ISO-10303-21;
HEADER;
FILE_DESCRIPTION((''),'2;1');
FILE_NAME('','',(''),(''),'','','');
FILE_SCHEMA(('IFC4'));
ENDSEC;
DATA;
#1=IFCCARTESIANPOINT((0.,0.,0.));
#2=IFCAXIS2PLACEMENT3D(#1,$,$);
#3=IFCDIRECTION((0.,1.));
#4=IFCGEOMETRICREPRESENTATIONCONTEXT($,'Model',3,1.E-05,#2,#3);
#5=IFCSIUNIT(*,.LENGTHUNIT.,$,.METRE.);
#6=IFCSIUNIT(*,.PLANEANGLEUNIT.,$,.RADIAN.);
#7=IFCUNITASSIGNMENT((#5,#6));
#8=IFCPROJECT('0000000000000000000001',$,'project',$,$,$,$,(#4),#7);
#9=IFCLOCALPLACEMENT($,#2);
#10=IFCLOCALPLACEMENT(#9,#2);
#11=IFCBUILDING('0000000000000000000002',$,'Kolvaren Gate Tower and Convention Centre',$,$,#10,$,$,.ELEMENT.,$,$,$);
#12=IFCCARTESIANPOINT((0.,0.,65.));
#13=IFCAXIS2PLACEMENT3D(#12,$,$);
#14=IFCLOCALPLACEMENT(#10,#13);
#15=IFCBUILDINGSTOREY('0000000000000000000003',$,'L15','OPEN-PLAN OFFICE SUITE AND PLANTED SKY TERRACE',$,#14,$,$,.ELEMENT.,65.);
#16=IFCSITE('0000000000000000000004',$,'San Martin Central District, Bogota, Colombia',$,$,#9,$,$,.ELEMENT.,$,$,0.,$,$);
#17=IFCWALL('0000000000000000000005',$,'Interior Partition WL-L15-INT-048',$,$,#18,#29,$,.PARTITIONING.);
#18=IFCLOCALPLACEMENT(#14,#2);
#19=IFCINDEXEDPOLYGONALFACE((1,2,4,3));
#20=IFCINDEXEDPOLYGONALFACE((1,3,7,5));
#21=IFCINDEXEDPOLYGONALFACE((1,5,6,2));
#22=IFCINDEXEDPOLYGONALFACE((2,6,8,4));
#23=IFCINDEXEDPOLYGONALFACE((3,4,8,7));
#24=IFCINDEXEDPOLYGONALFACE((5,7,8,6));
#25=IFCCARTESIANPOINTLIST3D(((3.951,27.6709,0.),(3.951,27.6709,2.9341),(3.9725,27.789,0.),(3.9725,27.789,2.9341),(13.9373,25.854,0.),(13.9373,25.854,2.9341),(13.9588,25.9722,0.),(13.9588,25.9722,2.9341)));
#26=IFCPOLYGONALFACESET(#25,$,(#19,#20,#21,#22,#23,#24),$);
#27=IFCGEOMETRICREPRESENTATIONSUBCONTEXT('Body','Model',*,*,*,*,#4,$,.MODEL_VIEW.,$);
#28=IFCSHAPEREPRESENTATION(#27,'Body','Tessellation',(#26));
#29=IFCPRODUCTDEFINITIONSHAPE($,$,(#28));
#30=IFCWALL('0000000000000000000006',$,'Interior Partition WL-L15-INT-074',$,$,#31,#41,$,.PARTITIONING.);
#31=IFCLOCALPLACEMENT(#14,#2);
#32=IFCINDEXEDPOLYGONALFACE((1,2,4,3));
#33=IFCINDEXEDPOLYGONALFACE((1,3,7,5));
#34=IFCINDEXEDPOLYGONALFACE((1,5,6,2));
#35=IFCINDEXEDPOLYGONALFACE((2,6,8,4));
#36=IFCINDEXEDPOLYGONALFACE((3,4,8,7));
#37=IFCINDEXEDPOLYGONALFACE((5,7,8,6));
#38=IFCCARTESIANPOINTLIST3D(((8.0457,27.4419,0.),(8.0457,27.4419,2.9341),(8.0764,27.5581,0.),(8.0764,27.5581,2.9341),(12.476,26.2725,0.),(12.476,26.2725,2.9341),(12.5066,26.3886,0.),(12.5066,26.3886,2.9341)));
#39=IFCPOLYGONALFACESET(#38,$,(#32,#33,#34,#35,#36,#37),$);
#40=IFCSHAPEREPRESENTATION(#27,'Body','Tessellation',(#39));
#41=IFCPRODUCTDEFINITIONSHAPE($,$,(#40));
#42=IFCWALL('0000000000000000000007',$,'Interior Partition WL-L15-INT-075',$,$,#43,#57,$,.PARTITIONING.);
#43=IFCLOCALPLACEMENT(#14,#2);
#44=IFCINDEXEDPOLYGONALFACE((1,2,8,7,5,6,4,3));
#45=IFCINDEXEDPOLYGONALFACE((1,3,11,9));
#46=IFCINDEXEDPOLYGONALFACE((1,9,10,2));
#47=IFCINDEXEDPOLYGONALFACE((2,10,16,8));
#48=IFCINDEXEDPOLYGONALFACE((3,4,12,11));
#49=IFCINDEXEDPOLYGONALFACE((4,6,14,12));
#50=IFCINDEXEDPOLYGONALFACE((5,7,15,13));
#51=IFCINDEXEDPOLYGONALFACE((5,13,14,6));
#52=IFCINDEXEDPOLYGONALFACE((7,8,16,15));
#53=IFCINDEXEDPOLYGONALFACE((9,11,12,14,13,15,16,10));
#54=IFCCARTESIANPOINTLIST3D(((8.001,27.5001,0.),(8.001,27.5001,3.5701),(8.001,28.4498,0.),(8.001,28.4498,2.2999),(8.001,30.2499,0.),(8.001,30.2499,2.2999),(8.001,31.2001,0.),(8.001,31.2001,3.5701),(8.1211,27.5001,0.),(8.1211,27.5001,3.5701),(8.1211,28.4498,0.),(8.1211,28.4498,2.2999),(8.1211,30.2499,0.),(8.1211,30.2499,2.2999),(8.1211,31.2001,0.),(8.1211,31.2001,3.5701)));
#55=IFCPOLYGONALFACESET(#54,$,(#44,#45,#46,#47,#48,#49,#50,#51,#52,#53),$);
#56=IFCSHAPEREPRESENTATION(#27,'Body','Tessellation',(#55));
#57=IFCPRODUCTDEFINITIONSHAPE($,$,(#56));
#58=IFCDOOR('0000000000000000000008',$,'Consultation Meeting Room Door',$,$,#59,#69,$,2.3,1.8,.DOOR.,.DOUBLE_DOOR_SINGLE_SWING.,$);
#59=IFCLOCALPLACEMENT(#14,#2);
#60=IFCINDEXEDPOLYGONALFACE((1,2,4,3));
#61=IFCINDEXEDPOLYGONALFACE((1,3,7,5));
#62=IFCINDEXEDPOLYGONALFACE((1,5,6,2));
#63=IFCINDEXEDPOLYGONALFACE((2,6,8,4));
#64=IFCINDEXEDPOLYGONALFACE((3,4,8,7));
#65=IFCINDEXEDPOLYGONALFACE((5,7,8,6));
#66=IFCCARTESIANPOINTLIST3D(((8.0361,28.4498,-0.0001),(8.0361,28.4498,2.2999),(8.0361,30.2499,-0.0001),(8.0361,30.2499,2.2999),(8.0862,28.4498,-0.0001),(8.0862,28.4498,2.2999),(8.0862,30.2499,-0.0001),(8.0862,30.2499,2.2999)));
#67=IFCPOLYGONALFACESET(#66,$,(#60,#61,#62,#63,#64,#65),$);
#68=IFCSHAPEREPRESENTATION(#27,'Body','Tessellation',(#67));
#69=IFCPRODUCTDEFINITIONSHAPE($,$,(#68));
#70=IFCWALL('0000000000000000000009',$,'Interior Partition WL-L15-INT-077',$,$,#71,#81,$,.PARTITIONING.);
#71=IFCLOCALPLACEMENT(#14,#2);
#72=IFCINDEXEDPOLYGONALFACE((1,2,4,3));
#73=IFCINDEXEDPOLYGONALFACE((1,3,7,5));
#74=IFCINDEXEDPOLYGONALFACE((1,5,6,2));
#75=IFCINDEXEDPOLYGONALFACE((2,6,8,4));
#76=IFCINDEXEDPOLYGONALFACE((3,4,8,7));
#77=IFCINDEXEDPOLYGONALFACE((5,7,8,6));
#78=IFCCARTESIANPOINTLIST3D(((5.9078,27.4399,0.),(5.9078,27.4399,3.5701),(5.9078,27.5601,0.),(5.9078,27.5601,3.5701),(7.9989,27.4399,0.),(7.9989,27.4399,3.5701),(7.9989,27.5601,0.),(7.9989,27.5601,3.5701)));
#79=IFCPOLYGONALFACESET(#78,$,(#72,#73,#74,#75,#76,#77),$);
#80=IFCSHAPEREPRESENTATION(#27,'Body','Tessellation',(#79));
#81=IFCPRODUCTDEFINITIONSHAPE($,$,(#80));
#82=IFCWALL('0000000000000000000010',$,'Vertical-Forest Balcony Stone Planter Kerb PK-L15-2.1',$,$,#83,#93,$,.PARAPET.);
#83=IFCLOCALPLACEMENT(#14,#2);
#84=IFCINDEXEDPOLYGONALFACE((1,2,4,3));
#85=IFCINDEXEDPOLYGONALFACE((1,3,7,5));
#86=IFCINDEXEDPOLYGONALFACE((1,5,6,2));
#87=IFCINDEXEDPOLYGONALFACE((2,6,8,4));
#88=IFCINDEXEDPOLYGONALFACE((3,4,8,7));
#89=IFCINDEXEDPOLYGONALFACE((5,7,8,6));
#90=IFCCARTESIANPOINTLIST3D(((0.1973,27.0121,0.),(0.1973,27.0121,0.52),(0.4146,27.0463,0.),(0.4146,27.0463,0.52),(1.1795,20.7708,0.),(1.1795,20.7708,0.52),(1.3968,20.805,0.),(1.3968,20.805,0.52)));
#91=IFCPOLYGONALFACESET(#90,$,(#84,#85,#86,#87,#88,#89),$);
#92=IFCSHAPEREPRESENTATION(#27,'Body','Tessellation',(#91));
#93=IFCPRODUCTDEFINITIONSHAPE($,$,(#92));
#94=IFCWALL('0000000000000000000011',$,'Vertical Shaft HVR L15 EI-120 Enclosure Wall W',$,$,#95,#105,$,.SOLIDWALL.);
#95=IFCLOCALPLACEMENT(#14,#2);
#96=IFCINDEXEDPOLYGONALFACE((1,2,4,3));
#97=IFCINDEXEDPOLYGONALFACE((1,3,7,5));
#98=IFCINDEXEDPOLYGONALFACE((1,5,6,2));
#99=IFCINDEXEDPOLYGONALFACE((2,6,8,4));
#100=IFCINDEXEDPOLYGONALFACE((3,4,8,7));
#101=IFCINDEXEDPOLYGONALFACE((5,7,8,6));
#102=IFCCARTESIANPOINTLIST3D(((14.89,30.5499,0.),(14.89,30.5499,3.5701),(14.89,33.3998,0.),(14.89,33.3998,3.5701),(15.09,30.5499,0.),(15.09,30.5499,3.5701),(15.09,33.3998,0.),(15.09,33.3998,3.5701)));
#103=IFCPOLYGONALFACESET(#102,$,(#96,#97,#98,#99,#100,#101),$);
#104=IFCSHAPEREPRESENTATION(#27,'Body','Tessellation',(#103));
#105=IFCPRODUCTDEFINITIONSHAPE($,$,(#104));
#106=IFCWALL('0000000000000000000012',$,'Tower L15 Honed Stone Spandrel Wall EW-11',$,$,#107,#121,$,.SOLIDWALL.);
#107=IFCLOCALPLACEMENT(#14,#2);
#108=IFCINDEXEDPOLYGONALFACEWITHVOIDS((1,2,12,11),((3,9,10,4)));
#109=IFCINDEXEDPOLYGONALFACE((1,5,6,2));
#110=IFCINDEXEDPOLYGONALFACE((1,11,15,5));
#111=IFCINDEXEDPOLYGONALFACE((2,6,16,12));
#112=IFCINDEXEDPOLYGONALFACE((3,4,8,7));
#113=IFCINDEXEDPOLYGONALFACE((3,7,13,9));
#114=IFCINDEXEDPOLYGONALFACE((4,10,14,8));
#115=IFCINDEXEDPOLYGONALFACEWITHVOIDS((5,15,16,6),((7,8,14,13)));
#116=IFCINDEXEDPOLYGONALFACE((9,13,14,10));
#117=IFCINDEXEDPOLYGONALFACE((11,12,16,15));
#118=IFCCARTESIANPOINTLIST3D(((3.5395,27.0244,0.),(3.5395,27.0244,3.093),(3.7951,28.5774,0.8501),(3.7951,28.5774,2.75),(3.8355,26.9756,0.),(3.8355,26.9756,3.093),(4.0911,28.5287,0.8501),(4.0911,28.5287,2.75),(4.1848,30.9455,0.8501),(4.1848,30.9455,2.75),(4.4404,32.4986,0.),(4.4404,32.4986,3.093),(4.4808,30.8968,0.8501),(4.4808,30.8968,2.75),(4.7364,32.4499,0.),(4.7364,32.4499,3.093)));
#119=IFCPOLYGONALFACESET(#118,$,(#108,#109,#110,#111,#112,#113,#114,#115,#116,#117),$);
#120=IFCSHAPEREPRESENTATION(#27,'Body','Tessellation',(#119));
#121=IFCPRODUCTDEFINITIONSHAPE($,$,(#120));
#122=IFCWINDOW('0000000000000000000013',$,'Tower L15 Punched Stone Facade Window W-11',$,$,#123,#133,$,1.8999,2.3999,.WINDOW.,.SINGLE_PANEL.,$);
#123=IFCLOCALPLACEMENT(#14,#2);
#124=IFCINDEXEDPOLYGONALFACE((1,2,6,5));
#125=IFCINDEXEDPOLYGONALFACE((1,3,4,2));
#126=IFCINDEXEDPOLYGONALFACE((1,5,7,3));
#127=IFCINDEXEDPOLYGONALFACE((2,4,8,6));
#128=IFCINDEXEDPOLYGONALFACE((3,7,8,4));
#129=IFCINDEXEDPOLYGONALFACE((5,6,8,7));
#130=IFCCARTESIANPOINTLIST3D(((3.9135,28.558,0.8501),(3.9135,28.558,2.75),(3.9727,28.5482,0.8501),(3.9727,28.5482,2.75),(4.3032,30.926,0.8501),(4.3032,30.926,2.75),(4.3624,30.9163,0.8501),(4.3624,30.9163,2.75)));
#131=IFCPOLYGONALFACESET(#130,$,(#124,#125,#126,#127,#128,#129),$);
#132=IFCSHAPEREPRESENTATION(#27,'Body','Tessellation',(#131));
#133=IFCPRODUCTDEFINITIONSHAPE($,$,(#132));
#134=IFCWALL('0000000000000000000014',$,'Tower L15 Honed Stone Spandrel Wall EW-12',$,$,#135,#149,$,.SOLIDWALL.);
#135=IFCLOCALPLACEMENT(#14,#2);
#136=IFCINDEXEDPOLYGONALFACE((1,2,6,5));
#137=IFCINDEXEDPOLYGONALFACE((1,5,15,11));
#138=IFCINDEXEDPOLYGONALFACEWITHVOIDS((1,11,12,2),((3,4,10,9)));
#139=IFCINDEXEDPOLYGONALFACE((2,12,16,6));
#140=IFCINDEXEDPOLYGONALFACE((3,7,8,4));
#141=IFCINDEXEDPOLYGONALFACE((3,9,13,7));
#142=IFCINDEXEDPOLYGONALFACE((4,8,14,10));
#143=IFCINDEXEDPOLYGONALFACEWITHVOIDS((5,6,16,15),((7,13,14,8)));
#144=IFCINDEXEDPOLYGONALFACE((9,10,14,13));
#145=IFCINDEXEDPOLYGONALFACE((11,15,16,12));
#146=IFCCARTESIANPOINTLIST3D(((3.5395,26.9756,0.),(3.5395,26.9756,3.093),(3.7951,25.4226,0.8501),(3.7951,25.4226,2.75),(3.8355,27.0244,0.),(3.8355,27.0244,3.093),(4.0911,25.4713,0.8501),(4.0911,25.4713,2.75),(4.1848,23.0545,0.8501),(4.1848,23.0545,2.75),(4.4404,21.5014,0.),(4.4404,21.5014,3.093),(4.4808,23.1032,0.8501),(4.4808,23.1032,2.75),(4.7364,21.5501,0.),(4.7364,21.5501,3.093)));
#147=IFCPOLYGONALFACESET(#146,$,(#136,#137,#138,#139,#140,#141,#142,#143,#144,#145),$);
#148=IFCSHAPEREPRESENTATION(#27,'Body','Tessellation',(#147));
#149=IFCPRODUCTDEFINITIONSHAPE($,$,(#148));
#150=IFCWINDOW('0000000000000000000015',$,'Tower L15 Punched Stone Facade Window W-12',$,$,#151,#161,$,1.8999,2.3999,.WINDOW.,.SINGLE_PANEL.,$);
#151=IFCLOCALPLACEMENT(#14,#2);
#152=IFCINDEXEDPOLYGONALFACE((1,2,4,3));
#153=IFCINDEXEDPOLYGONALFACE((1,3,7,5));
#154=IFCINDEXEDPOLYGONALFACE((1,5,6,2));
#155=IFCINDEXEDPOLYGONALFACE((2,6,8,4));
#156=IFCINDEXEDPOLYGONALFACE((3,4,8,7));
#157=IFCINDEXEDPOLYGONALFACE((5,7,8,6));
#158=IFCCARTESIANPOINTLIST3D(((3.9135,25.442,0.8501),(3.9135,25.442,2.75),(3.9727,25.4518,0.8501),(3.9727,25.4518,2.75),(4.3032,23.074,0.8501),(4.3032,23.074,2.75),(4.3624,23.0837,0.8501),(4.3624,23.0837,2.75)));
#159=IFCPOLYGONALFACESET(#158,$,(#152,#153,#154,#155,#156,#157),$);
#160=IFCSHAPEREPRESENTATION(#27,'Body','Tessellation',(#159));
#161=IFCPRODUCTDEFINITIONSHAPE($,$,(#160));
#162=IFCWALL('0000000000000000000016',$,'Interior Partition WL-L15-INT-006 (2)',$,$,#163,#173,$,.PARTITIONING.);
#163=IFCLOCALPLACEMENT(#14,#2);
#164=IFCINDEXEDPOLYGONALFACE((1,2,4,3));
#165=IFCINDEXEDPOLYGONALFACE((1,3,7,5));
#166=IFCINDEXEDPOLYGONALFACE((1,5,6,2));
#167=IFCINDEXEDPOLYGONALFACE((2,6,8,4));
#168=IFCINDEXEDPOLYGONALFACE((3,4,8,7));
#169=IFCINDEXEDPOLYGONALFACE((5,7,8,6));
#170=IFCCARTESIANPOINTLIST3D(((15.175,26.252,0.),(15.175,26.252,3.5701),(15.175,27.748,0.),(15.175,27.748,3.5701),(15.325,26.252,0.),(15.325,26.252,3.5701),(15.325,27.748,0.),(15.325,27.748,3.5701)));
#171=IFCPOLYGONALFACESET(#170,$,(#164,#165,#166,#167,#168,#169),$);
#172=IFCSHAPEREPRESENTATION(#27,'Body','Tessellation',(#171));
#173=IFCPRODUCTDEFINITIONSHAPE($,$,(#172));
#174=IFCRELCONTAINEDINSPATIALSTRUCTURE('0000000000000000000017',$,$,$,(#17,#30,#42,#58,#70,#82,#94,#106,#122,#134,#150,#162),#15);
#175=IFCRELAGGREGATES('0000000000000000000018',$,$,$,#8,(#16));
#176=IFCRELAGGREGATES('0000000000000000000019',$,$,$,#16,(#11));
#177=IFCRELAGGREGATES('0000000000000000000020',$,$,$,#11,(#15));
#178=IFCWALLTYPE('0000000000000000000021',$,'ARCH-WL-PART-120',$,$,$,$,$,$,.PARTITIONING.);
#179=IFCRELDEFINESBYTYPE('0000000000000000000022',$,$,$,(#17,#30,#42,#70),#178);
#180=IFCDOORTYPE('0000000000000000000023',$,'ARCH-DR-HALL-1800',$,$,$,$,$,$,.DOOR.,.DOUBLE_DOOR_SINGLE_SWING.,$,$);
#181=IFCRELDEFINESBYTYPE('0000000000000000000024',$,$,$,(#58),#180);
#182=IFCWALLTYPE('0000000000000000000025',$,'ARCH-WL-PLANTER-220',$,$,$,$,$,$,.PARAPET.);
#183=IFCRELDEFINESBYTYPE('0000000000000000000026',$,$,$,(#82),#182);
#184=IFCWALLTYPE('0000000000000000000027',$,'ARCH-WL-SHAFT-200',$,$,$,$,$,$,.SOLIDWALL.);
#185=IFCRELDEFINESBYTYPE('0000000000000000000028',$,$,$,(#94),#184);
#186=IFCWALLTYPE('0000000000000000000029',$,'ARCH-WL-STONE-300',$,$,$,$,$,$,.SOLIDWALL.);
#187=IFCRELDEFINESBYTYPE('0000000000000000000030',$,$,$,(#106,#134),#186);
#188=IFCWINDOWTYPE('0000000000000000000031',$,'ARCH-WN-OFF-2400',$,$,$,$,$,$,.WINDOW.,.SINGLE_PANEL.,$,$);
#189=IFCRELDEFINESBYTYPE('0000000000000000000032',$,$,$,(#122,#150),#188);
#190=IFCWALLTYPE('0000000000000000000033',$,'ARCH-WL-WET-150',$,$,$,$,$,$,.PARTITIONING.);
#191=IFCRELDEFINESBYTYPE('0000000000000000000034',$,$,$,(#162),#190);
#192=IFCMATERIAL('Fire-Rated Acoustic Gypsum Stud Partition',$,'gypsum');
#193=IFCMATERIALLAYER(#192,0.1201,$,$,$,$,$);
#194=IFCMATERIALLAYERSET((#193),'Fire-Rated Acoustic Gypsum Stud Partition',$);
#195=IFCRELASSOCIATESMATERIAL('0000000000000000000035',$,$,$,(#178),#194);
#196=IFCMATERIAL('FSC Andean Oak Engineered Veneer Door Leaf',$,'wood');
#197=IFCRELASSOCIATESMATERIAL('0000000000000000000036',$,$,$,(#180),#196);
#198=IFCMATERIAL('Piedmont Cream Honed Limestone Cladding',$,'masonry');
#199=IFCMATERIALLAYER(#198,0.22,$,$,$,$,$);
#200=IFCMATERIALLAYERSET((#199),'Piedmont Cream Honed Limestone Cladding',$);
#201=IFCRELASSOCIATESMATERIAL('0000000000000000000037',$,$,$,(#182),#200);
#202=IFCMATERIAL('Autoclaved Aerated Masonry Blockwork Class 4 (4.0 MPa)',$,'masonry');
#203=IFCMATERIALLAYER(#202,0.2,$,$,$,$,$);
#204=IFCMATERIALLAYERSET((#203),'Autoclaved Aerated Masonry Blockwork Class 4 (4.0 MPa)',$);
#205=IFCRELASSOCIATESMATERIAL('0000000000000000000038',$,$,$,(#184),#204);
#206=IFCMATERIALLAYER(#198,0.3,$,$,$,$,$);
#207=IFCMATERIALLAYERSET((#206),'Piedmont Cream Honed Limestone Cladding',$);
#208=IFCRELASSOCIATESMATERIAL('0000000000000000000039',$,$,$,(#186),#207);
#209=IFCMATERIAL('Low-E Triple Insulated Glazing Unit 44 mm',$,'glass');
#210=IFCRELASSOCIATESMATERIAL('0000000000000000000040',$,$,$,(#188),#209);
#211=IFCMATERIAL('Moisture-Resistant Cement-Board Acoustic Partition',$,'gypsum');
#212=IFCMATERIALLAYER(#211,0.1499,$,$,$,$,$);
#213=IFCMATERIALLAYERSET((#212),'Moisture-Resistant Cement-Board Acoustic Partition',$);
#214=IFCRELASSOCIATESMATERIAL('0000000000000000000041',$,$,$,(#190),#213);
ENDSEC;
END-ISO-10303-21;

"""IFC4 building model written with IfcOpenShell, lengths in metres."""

from ifc_helpers import new_model, si_unit, direction, frame, frame_2d, origin, place, context, subcontext, project, spatial, rectangle, extrude, material, layer, layer_set, type_object, element, fill, save


model = new_model("IFC4")

# Units and contexts
model_context = context("Model", 3, precision=1e-05, world=origin(), true_north=direction((0.0, 1.0)))
body_context = subcontext(model_context, "Body", "Model", "MODEL_VIEW")
ifc_project = project(units=[si_unit("LENGTHUNIT", "METRE"), si_unit("PLANEANGLEUNIT", "RADIAN")], contexts=[model_context])

# Site, building, storey
site_placement = place(None, origin())
site = spatial("IfcSite", under=ifc_project, at=site_placement, Name="San Martin Central District, Bogota, Colombia", CompositionType="ELEMENT", RefElevation=0.0)
building_placement = place(site_placement, origin())
building = spatial("IfcBuilding", under=site, at=building_placement, Name="Kolvaren Gate Tower and Convention Centre", CompositionType="ELEMENT")
storey_placement = place(building_placement, frame((0.0, 0.0, 65.0)))
storey = spatial("IfcBuildingStorey", under=building, at=storey_placement, Name="L15", Description="OPEN-PLAN OFFICE SUITE AND PLANTED SKY TERRACE", CompositionType="ELEMENT", Elevation=65.0)

# Shared definitions
ifc_material_1 = material(Name="Autoclaved Aerated Masonry Blockwork Class 4 (4.0 MPa)", Category="masonry")

# Walls
ifc_material_2 = material(Name="Fire-Rated Acoustic Gypsum Stud Partition", Category="gypsum")
ifc_layer_1 = layer(ifc_material_2, 0.1201)
ifc_layer_set_1 = layer_set([ifc_layer_1], Name="Fire-Rated Acoustic Gypsum Stud Partition")
wall_type_1 = type_object("IfcWallType", Name="ARCH-WL-PART-120", PredefinedType="PARTITIONING", material=ifc_layer_set_1)
wall_1_placement = place(storey_placement, frame((3.9617, 27.73, 0.0), z_axis=(0.0, 0.0, 1.0), x_axis=(0.983849, -0.179, 0.0)))
element("IfcWall", 1, at=wall_1_placement, inside=storey, type_object=wall_type_1, Name="Interior Partition WL-L15-INT-048", PredefinedType="PARTITIONING", context=body_context, shape_type="SweptSolid", body=[
    extrude(rectangle(XDim=10.1501, YDim=0.1201, at=frame_2d((5.0752, 0.0))), origin(), (0.0, 0.0, 1.0), 2.9341),
])
wall_2_placement = place(storey_placement, frame((8.061, 27.5, 0.0), z_axis=(0.0, 0.0, 1.0), x_axis=(0.966881, -0.255228, 0.0)))
element("IfcWall", 2, at=wall_2_placement, inside=storey, type_object=wall_type_1, Name="Interior Partition WL-L15-INT-074", PredefinedType="PARTITIONING", context=body_context, shape_type="SweptSolid", body=[
    extrude(rectangle(XDim=4.582, YDim=0.1201, at=frame_2d((2.291, 0.0))), origin(), (0.0, 0.0, 1.0), 2.9341),
])

# Wall, opening, door
wall_3_placement = place(storey_placement, frame((8.061, 27.5, 0.0), z_axis=(0.0, 0.0, 1.0), x_axis=(0.0, 1.0, 0.0)))
wall_3 = element("IfcWall", 3, at=wall_3_placement, inside=storey, type_object=wall_type_1, Name="Interior Partition WL-L15-INT-075", PredefinedType="PARTITIONING", context=body_context, shape_type="SweptSolid", body=[
    extrude(rectangle(XDim=3.7, YDim=0.1201, at=frame_2d((1.8501, 0.0))), origin(), (0.0, 0.0, 1.0), 3.5701),
])
opening_1_placement = place(wall_3_placement, frame((0.95, 0.0, 0.0)))
opening_1 = element("IfcOpeningElement", 4, at=opening_1_placement, cuts=wall_3, PredefinedType="OPENING", context=body_context, shape_type="SweptSolid", body=[
    extrude(rectangle(XDim=1.8, YDim=2.3, at=frame_2d((0.8999, 1.1499))), frame((0.0, 0.0701, 0.0), z_axis=(0.0, -1.0, 0.0), x_axis=(1.0, 0.0, 0.0)), (0.0, 0.0, 1.0), 0.1401),
])
ifc_material_3 = material(Name="FSC Andean Oak Engineered Veneer Door Leaf", Category="wood")
door_type_1 = type_object("IfcDoorType", Name="ARCH-DR-HALL-1800", OperationType="DOUBLE_DOOR_SINGLE_SWING", PredefinedType="DOOR", material=ifc_material_3)
door_1_placement = place(opening_1_placement, origin())
door_1 = element("IfcDoor", 5, at=door_1_placement, inside=storey, type_object=door_type_1, Name="Consultation Meeting Room Door", OperationType="DOUBLE_DOOR_SINGLE_SWING", OverallHeight=2.3, OverallWidth=1.8, PredefinedType="DOOR", context=body_context, shape_type="SweptSolid", body=[
    extrude(rectangle(XDim=1.8, YDim=2.3, at=frame_2d((0.8999, 1.1499))), frame((0.0, 0.0249, 0.0), z_axis=(0.0, -1.0, 0.0), x_axis=(1.0, 0.0, 0.0)), (0.0, 0.0, 1.0), 0.05),
])
fill(opening_1, door_1)

# Walls
wall_4_placement = place(storey_placement, frame((5.908, 27.5, 0.0), z_axis=(0.0, 0.0, 1.0), x_axis=(1.0, 0.0, 0.0)))
element("IfcWall", 6, at=wall_4_placement, inside=storey, type_object=wall_type_1, Name="Interior Partition WL-L15-INT-077", PredefinedType="PARTITIONING", context=body_context, shape_type="SweptSolid", body=[
    extrude(rectangle(XDim=2.0911, YDim=0.1201, at=frame_2d((1.0454, 0.0))), origin(), (0.0, 0.0, 1.0), 3.5701),
])
ifc_material_4 = material(Name="Piedmont Cream Honed Limestone Cladding", Category="masonry")
ifc_layer_2 = layer(ifc_material_4, 0.22)
ifc_layer_set_2 = layer_set([ifc_layer_2], Name="Piedmont Cream Honed Limestone Cladding")
wall_type_2 = type_object("IfcWallType", Name="ARCH-WL-PLANTER-220", PredefinedType="PARAPET", material=ifc_layer_set_2)
wall_5_placement = place(storey_placement, frame((0.3059, 27.0293, 0.0), z_axis=(0.0, 0.0, 1.0), x_axis=(0.155457, -0.987843, 0.0)))
element("IfcWall", 7, at=wall_5_placement, inside=storey, type_object=wall_type_2, Name="Vertical-Forest Balcony Stone Planter Kerb PK-L15-2.1", PredefinedType="PARAPET", context=body_context, shape_type="SweptSolid", body=[
    extrude(rectangle(XDim=6.3181, YDim=0.22, at=frame_2d((3.1592, 0.0))), origin(), (0.0, 0.0, 1.0), 0.52),
])
ifc_layer_3 = layer(ifc_material_1, 0.2)
ifc_layer_set_3 = layer_set([ifc_layer_3], Name="Autoclaved Aerated Masonry Blockwork Class 4 (4.0 MPa)")
wall_type_3 = type_object("IfcWallType", Name="ARCH-WL-SHAFT-200", PredefinedType="SOLIDWALL", material=ifc_layer_set_3)
wall_6_placement = place(storey_placement, frame((14.99, 30.55, 0.0), z_axis=(0.0, 0.0, 1.0), x_axis=(0.0, 1.0, 0.0)))
element("IfcWall", 8, at=wall_6_placement, inside=storey, type_object=wall_type_3, Name="Vertical Shaft HVR L15 EI-120 Enclosure Wall W", PredefinedType="SOLIDWALL", context=body_context, shape_type="SweptSolid", body=[
    extrude(rectangle(XDim=2.8499, YDim=0.2, at=frame_2d((1.4248, 0.0))), origin(), (0.0, 0.0, 1.0), 3.5701),
])

# Walls, openings, windows
ifc_layer_4 = layer(ifc_material_4, 0.3)
ifc_layer_set_4 = layer_set([ifc_layer_4], Name="Piedmont Cream Honed Limestone Cladding")
wall_type_4 = type_object("IfcWallType", Name="ARCH-WL-STONE-300", PredefinedType="SOLIDWALL", material=ifc_layer_set_4)
wall_7_placement = place(storey_placement, frame((3.6875, 27.0, 0.0), z_axis=(0.0, 0.0, 1.0), x_axis=(0.162386, 0.986727, 0.0)))
wall_7 = element("IfcWall", 9, at=wall_7_placement, inside=storey, type_object=wall_type_4, Name="Tower L15 Honed Stone Spandrel Wall EW-11", PredefinedType="SOLIDWALL", context=body_context, shape_type="SweptSolid", body=[
    extrude(rectangle(XDim=5.5479, YDim=0.3, at=frame_2d((2.7739, 0.0))), origin(), (0.0, 0.0, 1.0), 3.093),
])
opening_2_placement = place(wall_7_placement, frame((1.574, 0.0, 0.8501)))
opening_2 = element("IfcOpeningElement", 10, at=opening_2_placement, cuts=wall_7, PredefinedType="OPENING", context=body_context, shape_type="SweptSolid", body=[
    extrude(rectangle(XDim=2.3999, YDim=1.8999, at=frame_2d((1.2, 0.95))), frame((0.0, 0.1599, 0.0), z_axis=(0.0, -1.0, 0.0), x_axis=(1.0, 0.0, 0.0)), (0.0, 0.0, 1.0), 0.3201),
])
ifc_material_5 = material(Name="Low-E Triple Insulated Glazing Unit 44 mm", Category="glass")
window_type = type_object("IfcWindowType", Name="ARCH-WN-OFF-2400", PartitioningType="SINGLE_PANEL", PredefinedType="WINDOW", material=ifc_material_5)
window_1_placement = place(opening_2_placement, origin())
window_1 = element("IfcWindow", 11, at=window_1_placement, inside=storey, type_object=window_type, Name="Tower L15 Punched Stone Facade Window W-11", OverallHeight=1.8999, OverallWidth=2.3999, PartitioningType="SINGLE_PANEL", PredefinedType="WINDOW", context=body_context, shape_type="SweptSolid", body=[
    extrude(rectangle(XDim=2.3999, YDim=1.8999, at=frame_2d((1.2, 0.95))), frame((0.0, 0.03, 0.0), z_axis=(0.0, -1.0, 0.0), x_axis=(1.0, 0.0, 0.0)), (0.0, 0.0, 1.0), 0.0601),
])
fill(opening_2, window_1)
wall_8_placement = place(storey_placement, frame((3.6875, 27.0, 0.0), z_axis=(0.0, 0.0, 1.0), x_axis=(0.162386, -0.986727, 0.0)))
wall_8 = element("IfcWall", 12, at=wall_8_placement, inside=storey, type_object=wall_type_4, Name="Tower L15 Honed Stone Spandrel Wall EW-12", PredefinedType="SOLIDWALL", context=body_context, shape_type="SweptSolid", body=[
    extrude(rectangle(XDim=5.5479, YDim=0.3, at=frame_2d((2.7739, 0.0))), origin(), (0.0, 0.0, 1.0), 3.093),
])
opening_3_placement = place(wall_8_placement, frame((1.574, 0.0, 0.8501)))
opening_3 = element("IfcOpeningElement", 13, at=opening_3_placement, cuts=wall_8, PredefinedType="OPENING", context=body_context, shape_type="SweptSolid", body=[
    extrude(rectangle(XDim=2.3999, YDim=1.8999, at=frame_2d((1.2, 0.95))), frame((0.0, 0.1599, 0.0), z_axis=(0.0, -1.0, 0.0), x_axis=(1.0, 0.0, 0.0)), (0.0, 0.0, 1.0), 0.3201),
])
window_2_placement = place(opening_3_placement, origin())
window_2 = element("IfcWindow", 14, at=window_2_placement, inside=storey, type_object=window_type, Name="Tower L15 Punched Stone Facade Window W-12", OverallHeight=1.8999, OverallWidth=2.3999, PartitioningType="SINGLE_PANEL", PredefinedType="WINDOW", context=body_context, shape_type="SweptSolid", body=[
    extrude(rectangle(XDim=2.3999, YDim=1.8999, at=frame_2d((1.2, 0.95))), frame((0.0, 0.03, 0.0), z_axis=(0.0, -1.0, 0.0), x_axis=(1.0, 0.0, 0.0)), (0.0, 0.0, 1.0), 0.0601),
])
fill(opening_3, window_2)

# Wall
ifc_material_6 = material(Name="Moisture-Resistant Cement-Board Acoustic Partition", Category="gypsum")
ifc_layer_5 = layer(ifc_material_6, 0.1499)
ifc_layer_set_5 = layer_set([ifc_layer_5], Name="Moisture-Resistant Cement-Board Acoustic Partition")
wall_type_5 = type_object("IfcWallType", Name="ARCH-WL-WET-150", PredefinedType="PARTITIONING", material=ifc_layer_set_5)
wall_9_placement = place(storey_placement, frame((15.25, 26.252, 0.0), z_axis=(0.0, 0.0, 1.0), x_axis=(0.0, 1.0, 0.0)))
element("IfcWall", 15, at=wall_9_placement, inside=storey, type_object=wall_type_5, Name="Interior Partition WL-L15-INT-006 (2)", PredefinedType="PARTITIONING", context=body_context, shape_type="SweptSolid", body=[
    extrude(rectangle(XDim=1.4961, YDim=0.1499, at=frame_2d((0.748, 0.0))), origin(), (0.0, 0.0, 1.0), 3.5701),
])

save(model, "model.ifc")
